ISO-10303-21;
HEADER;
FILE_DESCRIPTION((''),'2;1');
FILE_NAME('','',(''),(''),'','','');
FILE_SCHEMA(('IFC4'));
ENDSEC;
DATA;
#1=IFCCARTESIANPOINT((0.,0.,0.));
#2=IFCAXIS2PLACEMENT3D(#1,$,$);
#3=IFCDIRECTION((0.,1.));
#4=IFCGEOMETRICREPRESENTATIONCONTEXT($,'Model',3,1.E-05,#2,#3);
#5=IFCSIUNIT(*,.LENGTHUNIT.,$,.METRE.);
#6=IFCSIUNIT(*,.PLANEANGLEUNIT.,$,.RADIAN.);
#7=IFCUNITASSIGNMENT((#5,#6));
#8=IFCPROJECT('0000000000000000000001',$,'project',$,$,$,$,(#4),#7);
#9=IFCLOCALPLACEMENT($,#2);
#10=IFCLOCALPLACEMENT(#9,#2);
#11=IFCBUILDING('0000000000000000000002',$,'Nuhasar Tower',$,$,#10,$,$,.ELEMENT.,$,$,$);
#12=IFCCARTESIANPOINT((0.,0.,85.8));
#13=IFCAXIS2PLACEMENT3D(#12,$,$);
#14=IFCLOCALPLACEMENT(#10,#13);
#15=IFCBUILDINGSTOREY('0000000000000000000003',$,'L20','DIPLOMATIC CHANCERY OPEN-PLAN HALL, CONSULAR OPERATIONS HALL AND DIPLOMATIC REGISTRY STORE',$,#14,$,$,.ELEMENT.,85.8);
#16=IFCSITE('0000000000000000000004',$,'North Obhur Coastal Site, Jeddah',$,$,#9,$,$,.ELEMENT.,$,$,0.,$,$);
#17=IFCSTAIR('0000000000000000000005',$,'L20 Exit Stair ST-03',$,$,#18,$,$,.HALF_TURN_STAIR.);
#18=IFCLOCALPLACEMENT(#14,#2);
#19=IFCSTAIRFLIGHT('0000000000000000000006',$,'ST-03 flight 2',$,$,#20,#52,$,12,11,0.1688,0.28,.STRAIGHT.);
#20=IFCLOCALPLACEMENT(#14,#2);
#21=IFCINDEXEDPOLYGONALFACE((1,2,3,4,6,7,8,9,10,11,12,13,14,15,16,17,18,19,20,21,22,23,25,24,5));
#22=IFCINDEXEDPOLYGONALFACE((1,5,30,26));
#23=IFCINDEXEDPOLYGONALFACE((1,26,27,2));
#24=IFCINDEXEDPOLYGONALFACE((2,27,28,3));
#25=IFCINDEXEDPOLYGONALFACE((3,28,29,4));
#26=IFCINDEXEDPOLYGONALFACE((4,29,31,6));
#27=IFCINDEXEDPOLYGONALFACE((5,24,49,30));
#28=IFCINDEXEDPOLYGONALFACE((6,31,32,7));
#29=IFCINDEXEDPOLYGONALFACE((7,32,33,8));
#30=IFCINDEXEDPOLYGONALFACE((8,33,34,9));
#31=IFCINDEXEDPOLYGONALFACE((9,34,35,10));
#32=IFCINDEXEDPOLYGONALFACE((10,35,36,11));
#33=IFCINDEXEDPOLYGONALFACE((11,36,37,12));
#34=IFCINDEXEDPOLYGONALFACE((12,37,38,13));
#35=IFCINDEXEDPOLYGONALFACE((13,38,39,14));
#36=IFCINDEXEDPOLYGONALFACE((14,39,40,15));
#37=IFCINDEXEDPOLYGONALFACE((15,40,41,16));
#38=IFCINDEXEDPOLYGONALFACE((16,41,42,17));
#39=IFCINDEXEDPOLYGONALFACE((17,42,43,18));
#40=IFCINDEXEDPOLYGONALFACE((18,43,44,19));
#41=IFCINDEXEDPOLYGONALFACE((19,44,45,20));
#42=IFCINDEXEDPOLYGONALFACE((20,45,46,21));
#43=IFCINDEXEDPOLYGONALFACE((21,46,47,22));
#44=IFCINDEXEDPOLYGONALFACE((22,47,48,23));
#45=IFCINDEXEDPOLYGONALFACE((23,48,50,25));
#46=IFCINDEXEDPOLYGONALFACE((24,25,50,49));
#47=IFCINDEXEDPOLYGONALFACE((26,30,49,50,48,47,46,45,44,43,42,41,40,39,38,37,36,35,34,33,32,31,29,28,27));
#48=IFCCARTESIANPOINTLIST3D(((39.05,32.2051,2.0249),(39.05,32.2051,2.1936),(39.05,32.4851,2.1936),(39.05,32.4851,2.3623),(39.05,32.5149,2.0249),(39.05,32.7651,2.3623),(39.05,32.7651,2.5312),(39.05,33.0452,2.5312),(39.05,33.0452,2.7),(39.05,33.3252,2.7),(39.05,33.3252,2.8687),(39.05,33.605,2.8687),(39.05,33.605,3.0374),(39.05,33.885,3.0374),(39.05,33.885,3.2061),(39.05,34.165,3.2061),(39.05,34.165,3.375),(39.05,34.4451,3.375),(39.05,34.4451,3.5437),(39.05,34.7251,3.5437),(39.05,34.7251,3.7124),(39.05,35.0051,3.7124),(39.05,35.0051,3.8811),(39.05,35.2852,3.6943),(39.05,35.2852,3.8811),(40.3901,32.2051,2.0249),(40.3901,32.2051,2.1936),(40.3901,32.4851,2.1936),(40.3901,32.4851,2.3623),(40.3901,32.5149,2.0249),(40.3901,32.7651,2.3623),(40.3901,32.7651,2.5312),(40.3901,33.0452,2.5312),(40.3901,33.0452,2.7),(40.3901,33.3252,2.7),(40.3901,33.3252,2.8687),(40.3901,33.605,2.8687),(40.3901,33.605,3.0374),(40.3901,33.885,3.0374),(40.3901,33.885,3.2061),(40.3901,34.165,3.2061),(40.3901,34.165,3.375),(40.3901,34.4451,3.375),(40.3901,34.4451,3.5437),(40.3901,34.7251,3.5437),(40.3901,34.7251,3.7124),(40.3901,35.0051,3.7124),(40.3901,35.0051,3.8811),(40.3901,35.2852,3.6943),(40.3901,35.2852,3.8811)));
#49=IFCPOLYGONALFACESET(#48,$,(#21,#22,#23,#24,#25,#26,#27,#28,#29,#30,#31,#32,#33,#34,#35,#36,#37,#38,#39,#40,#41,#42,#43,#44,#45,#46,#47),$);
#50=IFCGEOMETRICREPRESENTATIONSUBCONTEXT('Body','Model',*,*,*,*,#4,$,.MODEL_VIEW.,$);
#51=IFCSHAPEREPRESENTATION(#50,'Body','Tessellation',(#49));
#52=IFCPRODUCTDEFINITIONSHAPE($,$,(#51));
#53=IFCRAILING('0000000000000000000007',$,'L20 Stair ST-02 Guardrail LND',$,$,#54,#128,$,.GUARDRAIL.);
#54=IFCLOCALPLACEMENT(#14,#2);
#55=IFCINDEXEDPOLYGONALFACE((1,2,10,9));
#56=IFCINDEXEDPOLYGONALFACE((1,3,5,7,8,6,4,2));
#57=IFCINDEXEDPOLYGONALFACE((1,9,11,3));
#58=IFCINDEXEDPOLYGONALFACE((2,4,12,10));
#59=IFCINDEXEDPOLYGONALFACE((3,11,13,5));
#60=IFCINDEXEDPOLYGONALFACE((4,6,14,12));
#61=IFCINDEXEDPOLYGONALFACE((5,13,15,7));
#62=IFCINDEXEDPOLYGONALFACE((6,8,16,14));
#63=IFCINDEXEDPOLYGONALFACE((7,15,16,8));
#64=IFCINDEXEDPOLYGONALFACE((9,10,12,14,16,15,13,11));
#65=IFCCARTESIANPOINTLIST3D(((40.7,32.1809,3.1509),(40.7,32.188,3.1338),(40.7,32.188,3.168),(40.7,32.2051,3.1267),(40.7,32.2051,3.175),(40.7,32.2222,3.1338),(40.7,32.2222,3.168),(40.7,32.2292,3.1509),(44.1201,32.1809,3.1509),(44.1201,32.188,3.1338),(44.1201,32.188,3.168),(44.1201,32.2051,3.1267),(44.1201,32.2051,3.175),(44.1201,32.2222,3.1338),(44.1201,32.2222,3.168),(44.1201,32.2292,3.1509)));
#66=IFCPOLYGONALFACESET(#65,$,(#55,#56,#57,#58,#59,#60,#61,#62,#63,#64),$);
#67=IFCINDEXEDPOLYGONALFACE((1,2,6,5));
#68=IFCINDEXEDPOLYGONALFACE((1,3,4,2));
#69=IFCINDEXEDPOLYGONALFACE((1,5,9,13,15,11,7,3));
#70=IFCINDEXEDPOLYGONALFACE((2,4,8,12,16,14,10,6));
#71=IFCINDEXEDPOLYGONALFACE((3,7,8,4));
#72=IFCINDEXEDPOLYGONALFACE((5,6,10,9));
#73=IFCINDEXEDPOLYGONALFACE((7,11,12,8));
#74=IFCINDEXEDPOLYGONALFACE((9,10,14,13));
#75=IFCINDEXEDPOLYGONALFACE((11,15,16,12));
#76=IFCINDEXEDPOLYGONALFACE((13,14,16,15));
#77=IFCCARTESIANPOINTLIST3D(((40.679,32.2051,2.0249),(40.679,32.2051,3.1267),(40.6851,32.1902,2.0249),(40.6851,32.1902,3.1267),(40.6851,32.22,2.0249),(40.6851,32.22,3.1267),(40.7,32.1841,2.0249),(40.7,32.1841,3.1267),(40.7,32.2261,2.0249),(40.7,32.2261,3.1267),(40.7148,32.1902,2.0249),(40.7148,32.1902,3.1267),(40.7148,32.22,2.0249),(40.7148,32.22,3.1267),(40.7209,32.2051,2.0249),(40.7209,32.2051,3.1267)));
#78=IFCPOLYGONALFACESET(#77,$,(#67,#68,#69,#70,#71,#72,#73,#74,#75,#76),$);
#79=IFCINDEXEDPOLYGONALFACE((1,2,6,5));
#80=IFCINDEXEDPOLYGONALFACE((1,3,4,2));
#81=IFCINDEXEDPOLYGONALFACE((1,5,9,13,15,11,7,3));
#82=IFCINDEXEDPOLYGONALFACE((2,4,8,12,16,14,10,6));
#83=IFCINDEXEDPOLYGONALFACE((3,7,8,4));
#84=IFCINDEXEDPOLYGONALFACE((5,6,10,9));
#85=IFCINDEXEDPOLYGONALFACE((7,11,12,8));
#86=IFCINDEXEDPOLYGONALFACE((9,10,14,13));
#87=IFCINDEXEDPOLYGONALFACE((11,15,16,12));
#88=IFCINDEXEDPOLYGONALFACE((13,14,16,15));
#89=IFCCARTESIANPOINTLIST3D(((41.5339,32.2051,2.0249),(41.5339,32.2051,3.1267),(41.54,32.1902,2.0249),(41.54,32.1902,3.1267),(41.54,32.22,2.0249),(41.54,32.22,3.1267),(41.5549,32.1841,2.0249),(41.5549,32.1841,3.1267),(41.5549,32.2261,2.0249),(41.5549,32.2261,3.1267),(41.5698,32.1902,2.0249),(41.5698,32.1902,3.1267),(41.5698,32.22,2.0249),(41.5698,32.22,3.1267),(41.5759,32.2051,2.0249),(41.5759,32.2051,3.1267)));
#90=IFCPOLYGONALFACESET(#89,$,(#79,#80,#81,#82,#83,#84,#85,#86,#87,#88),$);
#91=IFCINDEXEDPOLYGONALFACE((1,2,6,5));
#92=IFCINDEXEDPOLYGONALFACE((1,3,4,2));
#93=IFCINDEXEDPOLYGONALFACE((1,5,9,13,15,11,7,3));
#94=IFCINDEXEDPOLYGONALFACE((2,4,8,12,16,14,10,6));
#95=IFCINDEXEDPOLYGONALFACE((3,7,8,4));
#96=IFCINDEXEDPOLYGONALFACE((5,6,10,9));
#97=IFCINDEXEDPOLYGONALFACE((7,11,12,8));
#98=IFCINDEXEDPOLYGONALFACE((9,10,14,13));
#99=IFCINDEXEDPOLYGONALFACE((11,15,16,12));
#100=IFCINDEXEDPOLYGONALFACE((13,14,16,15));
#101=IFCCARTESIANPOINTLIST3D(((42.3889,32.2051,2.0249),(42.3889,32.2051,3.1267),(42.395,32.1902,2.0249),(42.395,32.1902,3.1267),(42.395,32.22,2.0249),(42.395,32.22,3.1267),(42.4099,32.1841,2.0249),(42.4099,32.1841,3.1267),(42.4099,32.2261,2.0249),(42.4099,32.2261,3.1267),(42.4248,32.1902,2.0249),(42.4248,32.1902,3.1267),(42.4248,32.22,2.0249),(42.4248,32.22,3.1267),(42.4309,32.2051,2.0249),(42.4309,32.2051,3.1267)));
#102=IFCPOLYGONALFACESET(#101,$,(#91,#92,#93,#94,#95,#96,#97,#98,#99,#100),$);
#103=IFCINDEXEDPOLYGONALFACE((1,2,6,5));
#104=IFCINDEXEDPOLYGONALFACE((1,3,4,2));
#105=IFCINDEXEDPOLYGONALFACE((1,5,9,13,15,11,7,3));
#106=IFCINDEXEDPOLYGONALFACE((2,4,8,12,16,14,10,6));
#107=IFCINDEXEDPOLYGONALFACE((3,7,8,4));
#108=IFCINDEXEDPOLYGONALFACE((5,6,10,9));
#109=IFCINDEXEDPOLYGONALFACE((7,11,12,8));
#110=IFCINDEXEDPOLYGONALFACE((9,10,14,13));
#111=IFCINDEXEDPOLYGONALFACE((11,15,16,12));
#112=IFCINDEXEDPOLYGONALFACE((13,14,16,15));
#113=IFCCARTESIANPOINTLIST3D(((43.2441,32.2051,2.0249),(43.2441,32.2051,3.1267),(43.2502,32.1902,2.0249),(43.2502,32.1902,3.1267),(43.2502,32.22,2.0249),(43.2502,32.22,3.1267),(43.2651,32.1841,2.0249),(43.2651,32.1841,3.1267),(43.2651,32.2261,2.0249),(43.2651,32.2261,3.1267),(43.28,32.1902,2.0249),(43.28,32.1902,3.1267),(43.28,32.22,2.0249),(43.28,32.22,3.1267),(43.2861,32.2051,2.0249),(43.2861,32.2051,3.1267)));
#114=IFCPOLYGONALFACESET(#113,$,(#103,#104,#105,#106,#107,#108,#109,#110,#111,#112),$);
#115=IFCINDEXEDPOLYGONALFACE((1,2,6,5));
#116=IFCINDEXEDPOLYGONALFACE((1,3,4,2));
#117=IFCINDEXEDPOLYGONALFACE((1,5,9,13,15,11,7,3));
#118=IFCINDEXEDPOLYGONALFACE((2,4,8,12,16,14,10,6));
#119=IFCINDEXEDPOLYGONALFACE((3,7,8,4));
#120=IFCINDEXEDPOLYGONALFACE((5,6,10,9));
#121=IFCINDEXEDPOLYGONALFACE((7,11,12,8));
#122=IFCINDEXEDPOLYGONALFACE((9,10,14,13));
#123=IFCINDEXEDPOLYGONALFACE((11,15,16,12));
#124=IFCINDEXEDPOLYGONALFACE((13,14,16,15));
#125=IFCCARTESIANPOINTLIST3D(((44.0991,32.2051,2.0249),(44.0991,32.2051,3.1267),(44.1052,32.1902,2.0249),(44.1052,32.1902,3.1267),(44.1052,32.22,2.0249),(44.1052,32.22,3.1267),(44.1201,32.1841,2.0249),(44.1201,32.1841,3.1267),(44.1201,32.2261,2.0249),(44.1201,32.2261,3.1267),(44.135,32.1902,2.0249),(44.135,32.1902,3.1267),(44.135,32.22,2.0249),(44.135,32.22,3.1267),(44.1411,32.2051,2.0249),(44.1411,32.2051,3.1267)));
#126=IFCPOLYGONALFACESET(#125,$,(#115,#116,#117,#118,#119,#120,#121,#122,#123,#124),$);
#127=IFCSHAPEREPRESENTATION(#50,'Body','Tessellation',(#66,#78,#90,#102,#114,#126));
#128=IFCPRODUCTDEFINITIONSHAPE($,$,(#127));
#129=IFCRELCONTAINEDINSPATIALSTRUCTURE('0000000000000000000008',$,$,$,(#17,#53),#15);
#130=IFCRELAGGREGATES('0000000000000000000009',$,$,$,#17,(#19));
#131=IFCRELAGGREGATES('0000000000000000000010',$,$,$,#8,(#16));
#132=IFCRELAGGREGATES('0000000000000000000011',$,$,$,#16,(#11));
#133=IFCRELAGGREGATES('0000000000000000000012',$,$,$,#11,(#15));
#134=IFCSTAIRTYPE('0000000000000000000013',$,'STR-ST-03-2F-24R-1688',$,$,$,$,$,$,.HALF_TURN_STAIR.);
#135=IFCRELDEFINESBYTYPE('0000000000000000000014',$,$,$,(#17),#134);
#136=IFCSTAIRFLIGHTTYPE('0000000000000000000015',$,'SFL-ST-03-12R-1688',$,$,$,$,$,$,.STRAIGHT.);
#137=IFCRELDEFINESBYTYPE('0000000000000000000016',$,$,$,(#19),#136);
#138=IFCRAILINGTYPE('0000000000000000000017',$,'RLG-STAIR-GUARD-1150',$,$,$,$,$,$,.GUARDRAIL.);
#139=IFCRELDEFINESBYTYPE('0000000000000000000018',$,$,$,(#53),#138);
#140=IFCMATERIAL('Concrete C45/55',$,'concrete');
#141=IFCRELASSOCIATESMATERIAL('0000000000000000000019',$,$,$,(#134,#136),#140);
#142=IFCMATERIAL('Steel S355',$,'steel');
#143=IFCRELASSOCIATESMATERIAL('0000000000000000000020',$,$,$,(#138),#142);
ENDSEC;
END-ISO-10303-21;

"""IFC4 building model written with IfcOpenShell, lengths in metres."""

from ifc_helpers import new_model, si_unit, direction, frame, origin, place, context, subcontext, project, spatial, polyline, outline, extrude, material, type_object, element, aggregate, save


model = new_model("IFC4")

# Units and contexts
model_context = context("Model", 3, precision=1e-05, world=origin(), true_north=direction((0.0, 1.0)))
body_context = subcontext(model_context, "Body", "Model", "MODEL_VIEW")
ifc_project = project(units=[si_unit("LENGTHUNIT", "METRE"), si_unit("PLANEANGLEUNIT", "RADIAN")], contexts=[model_context])

# Site, building, storey
site_placement = place(None, origin())
site = spatial("IfcSite", under=ifc_project, at=site_placement, Name="North Obhur Coastal Site, Jeddah", CompositionType="ELEMENT", RefElevation=0.0)
building_placement = place(site_placement, origin())
building = spatial("IfcBuilding", under=site, at=building_placement, Name="Nuhasar Tower", CompositionType="ELEMENT")
storey_placement = place(building_placement, frame((0.0, 0.0, 85.8)))
storey = spatial("IfcBuildingStorey", under=building, at=storey_placement, Name="L20", Description="DIPLOMATIC CHANCERY OPEN-PLAN HALL, CONSULAR OPERATIONS HALL AND DIPLOMATIC REGISTRY STORE", CompositionType="ELEMENT", Elevation=85.8)

# Shared definitions
ifc_material_1 = material(Name="Concrete C45/55", Category="concrete")

# Shared definitions
ifc_material_2 = material(Name="Steel S355", Category="steel")

# Stair, stair flight
stair_type_1 = type_object("IfcStairType", Name="STR-ST-03-2F-24R-1688", PredefinedType="HALF_TURN_STAIR", material=ifc_material_1)
stair_1_placement = place(storey_placement, origin())
stair_1 = element("IfcStair", 1, at=stair_1_placement, inside=storey, type_object=stair_type_1, Name="L20 Exit Stair ST-03", PredefinedType="HALF_TURN_STAIR")
stair_flight_type_1 = type_object("IfcStairFlightType", Name="SFL-ST-03-12R-1688", PredefinedType="STRAIGHT", material=ifc_material_1)
stair_flight_1_placement = place(storey_placement, frame((39.72, 32.2051, 2.0249), z_axis=(0.0, 0.0, 1.0), x_axis=(0.0, 1.0, 0.0)))
stair_flight_1 = element("IfcStairFlight", 2, at=stair_flight_1_placement, type_object=stair_flight_type_1, Name="ST-03 flight 2", NumberOfRisers=12, NumberOfTreads=11, PredefinedType="STRAIGHT", RiserHeight=0.1688, TreadLength=0.28, context=body_context, shape_type="SweptSolid", body=[
    extrude(outline(polyline([(0.0, 0.0), (0.0, 0.1687), (0.28, 0.1687), (0.28, 0.3374), (0.5601, 0.3374), (0.5601, 0.5063), (0.8401, 0.5063), (0.8401, 0.675), (1.1201, 0.675), (1.1201, 0.8438), (1.3999, 0.8438), (1.3999, 1.0125), (1.6799, 1.0125), (1.6799, 1.1812), (1.96, 1.1812), (1.96, 1.3501), (2.24, 1.3501), (2.24, 1.5188), (2.52, 1.5188), (2.52, 1.6875), (2.8, 1.6875), (2.8, 1.8562), (3.0801, 1.8562), (3.0801, 2.0249), (3.0801, 1.6694), (0.3098, 0.0), (0.0, 0.0)])), frame((0.0, 0.6699, 0.0), z_axis=(0.0, -1.0, 0.0), x_axis=(1.0, 0.0, 0.0)), (0.0, 0.0, 1.0), 1.3401),
])
aggregate(stair_1, [stair_flight_1])

# Railing
railing_type_1 = type_object("IfcRailingType", Name="RLG-STAIR-GUARD-1150", PredefinedType="GUARDRAIL", material=ifc_material_2)
railing_1_placement = place(storey_placement, frame((40.7, 32.2051, 2.0249)))
element("IfcRailing", 3, at=railing_1_placement, inside=storey, type_object=railing_type_1, Name="L20 Stair ST-02 Guardrail LND", PredefinedType="GUARDRAIL", context=body_context, shape_type="SweptSolid", body=[
    extrude(outline(polyline([(0.0242, 0.0), (0.0171, 0.0171), (0.0, 0.0242), (-0.0171, 0.0171), (-0.0242, 0.0), (-0.0171, -0.0171), (0.0, -0.0242), (0.0171, -0.0171), (0.0242, 0.0)])), frame((0.0, 0.0, 1.126), z_axis=(1.0, 0.0, 0.0), x_axis=(0.0, 1.0, 0.0)), (0.0, 0.0, 1.0), 3.4202),
    extrude(outline(polyline([(0.021, 0.0), (0.0149, 0.0149), (0.0, 0.021), (-0.0149, 0.0149), (-0.021, 0.0), (-0.0149, -0.0149), (0.0, -0.021), (0.0149, -0.0149), (0.021, 0.0)])), origin(), (0.0, 0.0, 1.0), 1.1018),
    extrude(outline(polyline([(0.021, 0.0), (0.0149, 0.0149), (0.0, 0.021), (-0.0149, 0.0149), (-0.021, 0.0), (-0.0149, -0.0149), (0.0, -0.021), (0.0149, -0.0149), (0.021, 0.0)])), frame((0.855, 0.0, 0.0)), (0.0, 0.0, 1.0), 1.1018),
    extrude(outline(polyline([(0.021, 0.0), (0.0149, 0.0149), (0.0, 0.021), (-0.0149, 0.0149), (-0.021, 0.0), (-0.0149, -0.0149), (0.0, -0.021), (0.0149, -0.0149), (0.021, 0.0)])), frame((1.71, 0.0, 0.0)), (0.0, 0.0, 1.0), 1.1018),
    extrude(outline(polyline([(0.021, 0.0), (0.0149, 0.0149), (0.0, 0.021), (-0.0149, 0.0149), (-0.021, 0.0), (-0.0149, -0.0149), (0.0, -0.021), (0.0149, -0.0149), (0.021, 0.0)])), frame((2.5652, 0.0, 0.0)), (0.0, 0.0, 1.0), 1.1018),
    extrude(outline(polyline([(0.021, 0.0), (0.0149, 0.0149), (0.0, 0.021), (-0.0149, 0.0149), (-0.021, 0.0), (-0.0149, -0.0149), (0.0, -0.021), (0.0149, -0.0149), (0.021, 0.0)])), frame((3.4202, 0.0, 0.0)), (0.0, 0.0, 1.0), 1.1018),
])

save(model, "model.ifc")
